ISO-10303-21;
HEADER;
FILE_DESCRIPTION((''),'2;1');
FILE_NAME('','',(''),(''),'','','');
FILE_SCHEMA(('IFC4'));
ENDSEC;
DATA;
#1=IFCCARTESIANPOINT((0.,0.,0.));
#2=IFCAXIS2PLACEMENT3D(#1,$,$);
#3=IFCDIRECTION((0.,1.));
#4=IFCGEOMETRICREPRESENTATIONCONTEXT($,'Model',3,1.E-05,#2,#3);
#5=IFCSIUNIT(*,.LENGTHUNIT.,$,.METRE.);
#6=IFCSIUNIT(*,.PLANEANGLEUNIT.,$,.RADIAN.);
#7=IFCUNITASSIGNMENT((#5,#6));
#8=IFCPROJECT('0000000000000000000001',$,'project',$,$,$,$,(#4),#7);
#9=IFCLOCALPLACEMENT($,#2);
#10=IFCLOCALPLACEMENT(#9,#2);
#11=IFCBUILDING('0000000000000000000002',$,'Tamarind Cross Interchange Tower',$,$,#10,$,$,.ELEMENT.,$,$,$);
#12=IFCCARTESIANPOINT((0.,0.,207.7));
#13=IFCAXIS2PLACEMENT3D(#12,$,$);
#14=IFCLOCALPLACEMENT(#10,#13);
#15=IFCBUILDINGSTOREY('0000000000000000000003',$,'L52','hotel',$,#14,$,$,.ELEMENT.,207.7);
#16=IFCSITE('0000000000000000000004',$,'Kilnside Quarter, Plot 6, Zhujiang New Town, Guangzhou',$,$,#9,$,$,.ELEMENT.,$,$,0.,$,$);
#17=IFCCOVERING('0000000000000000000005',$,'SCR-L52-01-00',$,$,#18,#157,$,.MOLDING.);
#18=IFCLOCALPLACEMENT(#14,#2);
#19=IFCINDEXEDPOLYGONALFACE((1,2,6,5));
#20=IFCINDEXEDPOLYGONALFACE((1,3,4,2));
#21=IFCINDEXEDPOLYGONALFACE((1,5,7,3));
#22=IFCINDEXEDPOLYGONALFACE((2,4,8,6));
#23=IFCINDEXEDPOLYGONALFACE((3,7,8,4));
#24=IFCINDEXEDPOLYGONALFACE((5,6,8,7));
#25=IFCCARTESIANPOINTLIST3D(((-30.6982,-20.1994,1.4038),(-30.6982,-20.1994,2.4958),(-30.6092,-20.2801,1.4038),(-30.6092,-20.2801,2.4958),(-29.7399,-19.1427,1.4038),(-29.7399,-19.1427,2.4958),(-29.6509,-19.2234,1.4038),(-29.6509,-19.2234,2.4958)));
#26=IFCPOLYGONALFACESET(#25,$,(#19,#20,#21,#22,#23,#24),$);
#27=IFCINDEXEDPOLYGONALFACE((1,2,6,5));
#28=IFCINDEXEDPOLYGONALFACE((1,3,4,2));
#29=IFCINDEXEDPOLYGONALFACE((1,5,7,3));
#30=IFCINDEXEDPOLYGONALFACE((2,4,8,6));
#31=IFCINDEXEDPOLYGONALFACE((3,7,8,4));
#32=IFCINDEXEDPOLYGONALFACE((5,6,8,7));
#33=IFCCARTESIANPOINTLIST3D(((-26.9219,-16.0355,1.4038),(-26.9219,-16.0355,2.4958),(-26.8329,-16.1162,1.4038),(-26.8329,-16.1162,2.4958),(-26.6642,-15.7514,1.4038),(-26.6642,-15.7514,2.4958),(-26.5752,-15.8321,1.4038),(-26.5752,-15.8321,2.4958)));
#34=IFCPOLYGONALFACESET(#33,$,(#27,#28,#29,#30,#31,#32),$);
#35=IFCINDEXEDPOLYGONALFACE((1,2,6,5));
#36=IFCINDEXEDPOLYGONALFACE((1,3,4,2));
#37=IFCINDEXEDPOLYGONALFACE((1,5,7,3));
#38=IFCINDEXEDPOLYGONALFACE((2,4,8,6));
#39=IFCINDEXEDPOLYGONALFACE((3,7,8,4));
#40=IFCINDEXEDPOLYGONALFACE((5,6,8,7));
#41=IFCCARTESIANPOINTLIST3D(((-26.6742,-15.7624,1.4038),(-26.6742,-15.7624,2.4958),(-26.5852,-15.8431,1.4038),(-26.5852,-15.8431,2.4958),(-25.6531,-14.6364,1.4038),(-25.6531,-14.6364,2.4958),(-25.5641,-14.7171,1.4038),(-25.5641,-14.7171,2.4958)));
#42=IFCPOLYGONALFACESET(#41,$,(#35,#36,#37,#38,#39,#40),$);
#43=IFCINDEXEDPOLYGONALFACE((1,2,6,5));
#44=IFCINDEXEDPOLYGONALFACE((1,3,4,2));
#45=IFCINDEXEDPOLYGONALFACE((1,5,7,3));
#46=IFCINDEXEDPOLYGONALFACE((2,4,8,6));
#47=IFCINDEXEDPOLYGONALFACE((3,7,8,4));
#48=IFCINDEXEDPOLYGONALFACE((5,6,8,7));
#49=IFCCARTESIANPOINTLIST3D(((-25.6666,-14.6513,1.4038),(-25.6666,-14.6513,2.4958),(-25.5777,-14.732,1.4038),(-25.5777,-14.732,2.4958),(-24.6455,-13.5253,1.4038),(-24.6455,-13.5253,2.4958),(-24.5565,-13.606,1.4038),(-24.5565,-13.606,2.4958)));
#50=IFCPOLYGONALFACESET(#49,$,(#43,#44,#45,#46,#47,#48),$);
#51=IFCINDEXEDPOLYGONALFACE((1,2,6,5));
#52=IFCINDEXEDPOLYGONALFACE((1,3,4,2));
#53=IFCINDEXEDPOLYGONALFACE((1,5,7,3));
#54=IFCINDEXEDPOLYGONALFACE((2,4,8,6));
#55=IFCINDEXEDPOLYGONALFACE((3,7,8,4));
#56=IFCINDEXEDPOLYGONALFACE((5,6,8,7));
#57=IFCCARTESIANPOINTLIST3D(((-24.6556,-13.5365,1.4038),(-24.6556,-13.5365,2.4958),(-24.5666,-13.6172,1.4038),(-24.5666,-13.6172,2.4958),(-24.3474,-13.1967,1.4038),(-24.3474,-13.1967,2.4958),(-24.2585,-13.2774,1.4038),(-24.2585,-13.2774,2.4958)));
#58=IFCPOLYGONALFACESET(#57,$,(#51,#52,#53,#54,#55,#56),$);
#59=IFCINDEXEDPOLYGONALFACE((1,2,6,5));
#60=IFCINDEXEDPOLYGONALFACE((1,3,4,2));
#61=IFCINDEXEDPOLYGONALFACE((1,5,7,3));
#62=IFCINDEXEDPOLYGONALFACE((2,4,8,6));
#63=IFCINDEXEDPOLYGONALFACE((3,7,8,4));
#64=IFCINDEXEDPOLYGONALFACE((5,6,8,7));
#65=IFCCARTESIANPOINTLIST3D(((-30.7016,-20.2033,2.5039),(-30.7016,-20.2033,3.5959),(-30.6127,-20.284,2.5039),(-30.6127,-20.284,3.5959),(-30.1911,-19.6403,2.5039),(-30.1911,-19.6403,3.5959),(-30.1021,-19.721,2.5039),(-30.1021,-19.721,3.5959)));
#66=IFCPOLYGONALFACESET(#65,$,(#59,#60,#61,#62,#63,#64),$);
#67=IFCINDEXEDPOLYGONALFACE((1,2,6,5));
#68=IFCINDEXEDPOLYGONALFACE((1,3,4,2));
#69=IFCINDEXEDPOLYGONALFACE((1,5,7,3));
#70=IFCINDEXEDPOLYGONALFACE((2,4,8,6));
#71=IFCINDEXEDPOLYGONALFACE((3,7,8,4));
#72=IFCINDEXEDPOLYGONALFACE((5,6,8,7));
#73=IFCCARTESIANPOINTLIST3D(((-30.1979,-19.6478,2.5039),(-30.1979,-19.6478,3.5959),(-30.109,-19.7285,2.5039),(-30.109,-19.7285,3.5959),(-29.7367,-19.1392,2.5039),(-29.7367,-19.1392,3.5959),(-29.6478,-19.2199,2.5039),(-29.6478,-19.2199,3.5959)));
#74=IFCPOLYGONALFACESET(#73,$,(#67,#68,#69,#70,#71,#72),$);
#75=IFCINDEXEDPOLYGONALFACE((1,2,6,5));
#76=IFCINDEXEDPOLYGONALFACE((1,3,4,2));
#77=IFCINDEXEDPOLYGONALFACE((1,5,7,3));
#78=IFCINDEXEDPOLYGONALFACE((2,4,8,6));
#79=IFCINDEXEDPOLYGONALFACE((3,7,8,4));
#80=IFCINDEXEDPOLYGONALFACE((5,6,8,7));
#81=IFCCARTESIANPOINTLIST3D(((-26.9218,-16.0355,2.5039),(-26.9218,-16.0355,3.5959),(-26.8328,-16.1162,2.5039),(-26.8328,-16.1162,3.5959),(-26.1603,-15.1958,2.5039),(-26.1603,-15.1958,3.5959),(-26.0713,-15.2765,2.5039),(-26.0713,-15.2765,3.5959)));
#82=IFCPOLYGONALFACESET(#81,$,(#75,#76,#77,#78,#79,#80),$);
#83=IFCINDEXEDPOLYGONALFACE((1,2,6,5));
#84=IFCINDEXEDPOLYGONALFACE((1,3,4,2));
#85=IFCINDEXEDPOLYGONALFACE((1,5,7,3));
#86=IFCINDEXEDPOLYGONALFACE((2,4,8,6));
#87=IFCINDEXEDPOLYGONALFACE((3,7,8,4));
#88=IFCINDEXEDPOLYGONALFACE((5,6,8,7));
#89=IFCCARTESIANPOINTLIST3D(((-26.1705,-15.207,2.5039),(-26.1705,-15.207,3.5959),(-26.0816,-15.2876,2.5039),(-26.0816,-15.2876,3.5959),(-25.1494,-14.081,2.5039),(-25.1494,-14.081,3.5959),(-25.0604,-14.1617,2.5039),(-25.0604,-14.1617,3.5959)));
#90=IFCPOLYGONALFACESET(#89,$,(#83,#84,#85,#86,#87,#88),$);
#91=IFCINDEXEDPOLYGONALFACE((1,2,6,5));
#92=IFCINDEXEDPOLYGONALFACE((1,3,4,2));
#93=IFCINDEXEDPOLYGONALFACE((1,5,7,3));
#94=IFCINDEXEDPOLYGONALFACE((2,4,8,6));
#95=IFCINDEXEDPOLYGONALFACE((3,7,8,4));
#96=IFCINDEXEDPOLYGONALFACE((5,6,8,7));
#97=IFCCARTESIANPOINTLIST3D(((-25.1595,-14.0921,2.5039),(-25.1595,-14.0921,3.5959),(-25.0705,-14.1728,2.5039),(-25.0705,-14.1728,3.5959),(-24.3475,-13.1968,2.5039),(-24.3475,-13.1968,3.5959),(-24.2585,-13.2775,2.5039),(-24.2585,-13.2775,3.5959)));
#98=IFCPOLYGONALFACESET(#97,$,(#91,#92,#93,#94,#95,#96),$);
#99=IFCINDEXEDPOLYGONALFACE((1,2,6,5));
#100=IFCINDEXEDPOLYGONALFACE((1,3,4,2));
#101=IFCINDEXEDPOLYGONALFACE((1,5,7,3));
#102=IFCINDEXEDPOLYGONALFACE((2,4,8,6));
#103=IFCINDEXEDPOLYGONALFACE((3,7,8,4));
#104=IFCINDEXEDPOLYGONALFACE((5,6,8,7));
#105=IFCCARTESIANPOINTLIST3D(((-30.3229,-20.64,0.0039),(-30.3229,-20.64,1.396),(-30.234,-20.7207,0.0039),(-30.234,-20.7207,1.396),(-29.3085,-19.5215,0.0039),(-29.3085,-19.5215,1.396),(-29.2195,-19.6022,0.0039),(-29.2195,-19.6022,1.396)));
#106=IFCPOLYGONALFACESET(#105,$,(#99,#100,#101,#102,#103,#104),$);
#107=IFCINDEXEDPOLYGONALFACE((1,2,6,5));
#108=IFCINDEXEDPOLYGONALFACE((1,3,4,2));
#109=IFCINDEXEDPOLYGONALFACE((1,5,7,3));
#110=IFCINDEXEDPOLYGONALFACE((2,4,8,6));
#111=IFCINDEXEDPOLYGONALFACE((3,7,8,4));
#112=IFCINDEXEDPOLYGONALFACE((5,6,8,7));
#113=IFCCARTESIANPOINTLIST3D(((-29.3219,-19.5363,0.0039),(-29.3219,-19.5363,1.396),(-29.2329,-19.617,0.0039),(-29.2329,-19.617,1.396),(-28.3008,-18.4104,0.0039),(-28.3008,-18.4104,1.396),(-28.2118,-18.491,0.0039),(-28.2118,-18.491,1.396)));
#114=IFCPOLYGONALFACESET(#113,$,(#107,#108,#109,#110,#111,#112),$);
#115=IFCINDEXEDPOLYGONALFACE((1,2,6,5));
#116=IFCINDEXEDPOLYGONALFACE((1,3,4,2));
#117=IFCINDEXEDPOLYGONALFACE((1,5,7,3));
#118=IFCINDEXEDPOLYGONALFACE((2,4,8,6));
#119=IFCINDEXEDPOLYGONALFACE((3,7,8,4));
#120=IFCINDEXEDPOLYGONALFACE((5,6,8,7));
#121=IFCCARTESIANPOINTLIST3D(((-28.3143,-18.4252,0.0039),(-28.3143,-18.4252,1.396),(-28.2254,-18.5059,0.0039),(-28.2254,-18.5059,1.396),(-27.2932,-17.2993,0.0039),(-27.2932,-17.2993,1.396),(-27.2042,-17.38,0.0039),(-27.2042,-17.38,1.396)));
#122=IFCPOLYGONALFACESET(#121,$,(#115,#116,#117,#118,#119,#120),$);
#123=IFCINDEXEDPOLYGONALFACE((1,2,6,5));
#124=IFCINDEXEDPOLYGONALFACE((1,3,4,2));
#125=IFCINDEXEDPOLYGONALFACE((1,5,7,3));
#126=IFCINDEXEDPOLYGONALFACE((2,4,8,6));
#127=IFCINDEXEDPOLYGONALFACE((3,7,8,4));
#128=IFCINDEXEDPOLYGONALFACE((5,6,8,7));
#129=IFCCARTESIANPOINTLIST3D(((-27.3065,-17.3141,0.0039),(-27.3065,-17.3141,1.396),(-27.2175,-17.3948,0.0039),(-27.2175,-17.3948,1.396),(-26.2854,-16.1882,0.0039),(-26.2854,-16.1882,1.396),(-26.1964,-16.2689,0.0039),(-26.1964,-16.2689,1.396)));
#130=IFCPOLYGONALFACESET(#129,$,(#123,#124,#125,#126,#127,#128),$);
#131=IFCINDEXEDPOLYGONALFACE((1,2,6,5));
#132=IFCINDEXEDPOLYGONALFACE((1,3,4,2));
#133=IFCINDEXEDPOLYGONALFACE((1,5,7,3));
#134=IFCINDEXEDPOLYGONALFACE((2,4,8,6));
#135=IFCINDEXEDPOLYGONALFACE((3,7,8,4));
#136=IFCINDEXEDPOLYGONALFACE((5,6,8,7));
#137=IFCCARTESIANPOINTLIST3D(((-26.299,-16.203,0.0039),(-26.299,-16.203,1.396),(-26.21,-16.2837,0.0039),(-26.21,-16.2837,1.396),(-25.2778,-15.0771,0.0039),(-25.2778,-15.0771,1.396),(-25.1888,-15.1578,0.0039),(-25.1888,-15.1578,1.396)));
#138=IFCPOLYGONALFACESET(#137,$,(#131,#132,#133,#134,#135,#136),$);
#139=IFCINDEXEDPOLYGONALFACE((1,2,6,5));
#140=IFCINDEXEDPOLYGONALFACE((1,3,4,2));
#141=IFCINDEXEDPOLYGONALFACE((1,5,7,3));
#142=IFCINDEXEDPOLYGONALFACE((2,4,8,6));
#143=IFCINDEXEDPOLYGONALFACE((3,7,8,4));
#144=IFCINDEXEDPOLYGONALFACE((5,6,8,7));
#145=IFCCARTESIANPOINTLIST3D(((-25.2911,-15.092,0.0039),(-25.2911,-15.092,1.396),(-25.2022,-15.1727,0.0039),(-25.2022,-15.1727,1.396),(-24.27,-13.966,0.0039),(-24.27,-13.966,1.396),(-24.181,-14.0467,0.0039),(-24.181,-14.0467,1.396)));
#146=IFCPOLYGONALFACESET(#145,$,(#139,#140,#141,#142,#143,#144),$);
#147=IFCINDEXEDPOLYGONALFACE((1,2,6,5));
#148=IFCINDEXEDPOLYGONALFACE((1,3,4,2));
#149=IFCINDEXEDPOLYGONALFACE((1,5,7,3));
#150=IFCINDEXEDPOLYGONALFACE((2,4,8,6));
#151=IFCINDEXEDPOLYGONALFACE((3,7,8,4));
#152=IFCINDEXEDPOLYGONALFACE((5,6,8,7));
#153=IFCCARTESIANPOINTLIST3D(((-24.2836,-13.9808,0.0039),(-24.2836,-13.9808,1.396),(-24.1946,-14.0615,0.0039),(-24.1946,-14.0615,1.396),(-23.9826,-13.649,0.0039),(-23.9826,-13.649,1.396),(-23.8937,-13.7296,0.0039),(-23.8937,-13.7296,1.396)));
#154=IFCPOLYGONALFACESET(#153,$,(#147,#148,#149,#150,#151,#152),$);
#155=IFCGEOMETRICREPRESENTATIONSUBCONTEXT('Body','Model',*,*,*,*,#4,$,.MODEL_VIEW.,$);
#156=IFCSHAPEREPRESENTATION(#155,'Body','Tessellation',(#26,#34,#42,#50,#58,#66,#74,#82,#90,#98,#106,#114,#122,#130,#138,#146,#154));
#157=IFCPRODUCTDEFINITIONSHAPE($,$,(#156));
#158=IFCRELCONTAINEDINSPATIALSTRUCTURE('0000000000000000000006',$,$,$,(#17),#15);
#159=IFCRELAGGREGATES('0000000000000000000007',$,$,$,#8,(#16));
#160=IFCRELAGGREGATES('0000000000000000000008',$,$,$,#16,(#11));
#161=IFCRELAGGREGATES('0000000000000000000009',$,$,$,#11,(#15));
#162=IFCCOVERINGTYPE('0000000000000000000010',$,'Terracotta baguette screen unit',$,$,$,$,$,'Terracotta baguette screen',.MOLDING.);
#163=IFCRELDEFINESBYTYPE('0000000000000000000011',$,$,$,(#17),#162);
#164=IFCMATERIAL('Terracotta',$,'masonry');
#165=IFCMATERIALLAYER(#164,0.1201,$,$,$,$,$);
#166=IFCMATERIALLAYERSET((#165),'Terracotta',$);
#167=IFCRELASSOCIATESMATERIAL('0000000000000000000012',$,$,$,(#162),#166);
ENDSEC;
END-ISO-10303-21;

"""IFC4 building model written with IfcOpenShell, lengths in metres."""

from ifc_helpers import new_model, si_unit, direction, frame, origin, origin_2d, place, context, subcontext, project, spatial, rectangle, extrude, material, layer, layer_set, type_object, element, save


model = new_model("IFC4")

# Units and contexts
model_context = context("Model", 3, precision=1e-05, world=origin(), true_north=direction((0.0, 1.0)))
body_context = subcontext(model_context, "Body", "Model", "MODEL_VIEW")
ifc_project = project(units=[si_unit("LENGTHUNIT", "METRE"), si_unit("PLANEANGLEUNIT", "RADIAN")], contexts=[model_context])

# Site, building, storey
site_placement = place(None, origin())
site = spatial("IfcSite", under=ifc_project, at=site_placement, Name="Kilnside Quarter, Plot 6, Zhujiang New Town, Guangzhou", CompositionType="ELEMENT", RefElevation=0.0)
building_placement = place(site_placement, origin())
building = spatial("IfcBuilding", under=site, at=building_placement, Name="Tamarind Cross Interchange Tower", CompositionType="ELEMENT")
storey_placement = place(building_placement, frame((0.0, 0.0, 207.7)))
storey = spatial("IfcBuildingStorey", under=building, at=storey_placement, Name="L52", Description="hotel", CompositionType="ELEMENT", Elevation=207.7)

# Covering
ifc_material_1 = material(Name="Terracotta", Category="masonry")
ifc_layer_1 = layer(ifc_material_1, 0.1201)
ifc_layer_set_1 = layer_set([ifc_layer_1], Name="Terracotta")
covering_type = type_object("IfcCoveringType", Name="Terracotta baguette screen unit", ElementType="Terracotta baguette screen", PredefinedType="MOLDING", material=ifc_layer_set_1)
covering_1_placement = place(storey_placement, origin())
element("IfcCovering", 1, at=covering_1_placement, inside=storey, type_object=covering_type, Name="SCR-L52-01-00", PredefinedType="MOLDING", context=body_context, shape_type="SweptSolid", body=[
    extrude(rectangle(XDim=1.4265, YDim=0.1201, at=origin_2d()), frame((-30.1746, -19.7114, 1.4038), z_axis=(0.0, 0.0, 1.0), x_axis=(0.67179, 0.740741, 0.0)), (0.0, 0.0, 1.0), 1.092),
    extrude(rectangle(XDim=0.3835, YDim=0.1201, at=origin_2d()), frame((-26.7485, -15.9338, 1.4038), z_axis=(0.0, 0.0, 1.0), x_axis=(0.67179, 0.740741, 0.0)), (0.0, 0.0, 1.0), 1.092),
    extrude(rectangle(XDim=1.52, YDim=0.1201, at=origin_2d()), frame((-26.1191, -15.2397, 1.4038), z_axis=(0.0, 0.0, 1.0), x_axis=(0.67179, 0.740741, 0.0)), (0.0, 0.0, 1.0), 1.092),
    extrude(rectangle(XDim=1.52, YDim=0.1201, at=origin_2d()), frame((-25.1116, -14.1287, 1.4038), z_axis=(0.0, 0.0, 1.0), x_axis=(0.67179, 0.740741, 0.0)), (0.0, 0.0, 1.0), 1.092),
    extrude(rectangle(XDim=0.4587, YDim=0.1201, at=origin_2d()), frame((-24.457, -13.407, 1.4038), z_axis=(0.0, 0.0, 1.0), x_axis=(0.67179, 0.740741, 0.0)), (0.0, 0.0, 1.0), 1.092),
    extrude(rectangle(XDim=0.76, YDim=0.1201, at=origin_2d()), frame((-30.4019, -19.9622, 2.5039), z_axis=(0.0, 0.0, 1.0), x_axis=(0.67179, 0.740741, 0.0)), (0.0, 0.0, 1.0), 1.092),
    extrude(rectangle(XDim=0.6865, YDim=0.1201, at=origin_2d()), frame((-29.9229, -19.4338, 2.5039), z_axis=(0.0, 0.0, 1.0), x_axis=(0.67179, 0.740741, 0.0)), (0.0, 0.0, 1.0), 1.092),
    extrude(rectangle(XDim=1.1335, YDim=0.1201, at=origin_2d()), frame((-26.4966, -15.656, 2.5039), z_axis=(0.0, 0.0, 1.0), x_axis=(0.67179, 0.740741, 0.0)), (0.0, 0.0, 1.0), 1.092),
    extrude(rectangle(XDim=1.52, YDim=0.1201, at=origin_2d()), frame((-25.6155, -14.6843, 2.5039), z_axis=(0.0, 0.0, 1.0), x_axis=(0.67179, 0.740741, 0.0)), (0.0, 0.0, 1.0), 1.092),
    extrude(rectangle(XDim=1.2087, YDim=0.1201, at=origin_2d()), frame((-24.709, -13.6848, 2.5039), z_axis=(0.0, 0.0, 1.0), x_axis=(0.67179, 0.740741, 0.0)), (0.0, 0.0, 1.0), 1.092),
    extrude(rectangle(XDim=1.51, YDim=0.1201, at=origin_2d()), frame((-29.7712, -20.1211, 0.0039), z_axis=(0.0, 0.0, 1.0), x_axis=(0.67179, 0.740741, 0.0)), (0.0, 0.0, 1.0), 1.3921),
    extrude(rectangle(XDim=1.52, YDim=0.1201, at=origin_2d()), frame((-28.7668, -19.0137, 0.0039), z_axis=(0.0, 0.0, 1.0), x_axis=(0.67179, 0.740741, 0.0)), (0.0, 0.0, 1.0), 1.3921),
    extrude(rectangle(XDim=1.52, YDim=0.1201, at=origin_2d()), frame((-27.7593, -17.9026, 0.0039), z_axis=(0.0, 0.0, 1.0), x_axis=(0.67179, 0.740741, 0.0)), (0.0, 0.0, 1.0), 1.3921),
    extrude(rectangle(XDim=1.52, YDim=0.1201, at=origin_2d()), frame((-26.7515, -16.7915, 0.0039), z_axis=(0.0, 0.0, 1.0), x_axis=(0.67179, 0.740741, 0.0)), (0.0, 0.0, 1.0), 1.3921),
    extrude(rectangle(XDim=1.52, YDim=0.1201, at=origin_2d()), frame((-25.7439, -15.6804, 0.0039), z_axis=(0.0, 0.0, 1.0), x_axis=(0.67179, 0.740741, 0.0)), (0.0, 0.0, 1.0), 1.3921),
    extrude(rectangle(XDim=1.52, YDim=0.1201, at=origin_2d()), frame((-24.7361, -14.5693, 0.0039), z_axis=(0.0, 0.0, 1.0), x_axis=(0.67179, 0.740741, 0.0)), (0.0, 0.0, 1.0), 1.3921),
    extrude(rectangle(XDim=0.448, YDim=0.1201, at=origin_2d()), frame((-24.0886, -13.8552, 0.0039), z_axis=(0.0, 0.0, 1.0), x_axis=(0.67179, 0.740741, 0.0)), (0.0, 0.0, 1.0), 1.3921),
])

save(model, "model.ifc")
